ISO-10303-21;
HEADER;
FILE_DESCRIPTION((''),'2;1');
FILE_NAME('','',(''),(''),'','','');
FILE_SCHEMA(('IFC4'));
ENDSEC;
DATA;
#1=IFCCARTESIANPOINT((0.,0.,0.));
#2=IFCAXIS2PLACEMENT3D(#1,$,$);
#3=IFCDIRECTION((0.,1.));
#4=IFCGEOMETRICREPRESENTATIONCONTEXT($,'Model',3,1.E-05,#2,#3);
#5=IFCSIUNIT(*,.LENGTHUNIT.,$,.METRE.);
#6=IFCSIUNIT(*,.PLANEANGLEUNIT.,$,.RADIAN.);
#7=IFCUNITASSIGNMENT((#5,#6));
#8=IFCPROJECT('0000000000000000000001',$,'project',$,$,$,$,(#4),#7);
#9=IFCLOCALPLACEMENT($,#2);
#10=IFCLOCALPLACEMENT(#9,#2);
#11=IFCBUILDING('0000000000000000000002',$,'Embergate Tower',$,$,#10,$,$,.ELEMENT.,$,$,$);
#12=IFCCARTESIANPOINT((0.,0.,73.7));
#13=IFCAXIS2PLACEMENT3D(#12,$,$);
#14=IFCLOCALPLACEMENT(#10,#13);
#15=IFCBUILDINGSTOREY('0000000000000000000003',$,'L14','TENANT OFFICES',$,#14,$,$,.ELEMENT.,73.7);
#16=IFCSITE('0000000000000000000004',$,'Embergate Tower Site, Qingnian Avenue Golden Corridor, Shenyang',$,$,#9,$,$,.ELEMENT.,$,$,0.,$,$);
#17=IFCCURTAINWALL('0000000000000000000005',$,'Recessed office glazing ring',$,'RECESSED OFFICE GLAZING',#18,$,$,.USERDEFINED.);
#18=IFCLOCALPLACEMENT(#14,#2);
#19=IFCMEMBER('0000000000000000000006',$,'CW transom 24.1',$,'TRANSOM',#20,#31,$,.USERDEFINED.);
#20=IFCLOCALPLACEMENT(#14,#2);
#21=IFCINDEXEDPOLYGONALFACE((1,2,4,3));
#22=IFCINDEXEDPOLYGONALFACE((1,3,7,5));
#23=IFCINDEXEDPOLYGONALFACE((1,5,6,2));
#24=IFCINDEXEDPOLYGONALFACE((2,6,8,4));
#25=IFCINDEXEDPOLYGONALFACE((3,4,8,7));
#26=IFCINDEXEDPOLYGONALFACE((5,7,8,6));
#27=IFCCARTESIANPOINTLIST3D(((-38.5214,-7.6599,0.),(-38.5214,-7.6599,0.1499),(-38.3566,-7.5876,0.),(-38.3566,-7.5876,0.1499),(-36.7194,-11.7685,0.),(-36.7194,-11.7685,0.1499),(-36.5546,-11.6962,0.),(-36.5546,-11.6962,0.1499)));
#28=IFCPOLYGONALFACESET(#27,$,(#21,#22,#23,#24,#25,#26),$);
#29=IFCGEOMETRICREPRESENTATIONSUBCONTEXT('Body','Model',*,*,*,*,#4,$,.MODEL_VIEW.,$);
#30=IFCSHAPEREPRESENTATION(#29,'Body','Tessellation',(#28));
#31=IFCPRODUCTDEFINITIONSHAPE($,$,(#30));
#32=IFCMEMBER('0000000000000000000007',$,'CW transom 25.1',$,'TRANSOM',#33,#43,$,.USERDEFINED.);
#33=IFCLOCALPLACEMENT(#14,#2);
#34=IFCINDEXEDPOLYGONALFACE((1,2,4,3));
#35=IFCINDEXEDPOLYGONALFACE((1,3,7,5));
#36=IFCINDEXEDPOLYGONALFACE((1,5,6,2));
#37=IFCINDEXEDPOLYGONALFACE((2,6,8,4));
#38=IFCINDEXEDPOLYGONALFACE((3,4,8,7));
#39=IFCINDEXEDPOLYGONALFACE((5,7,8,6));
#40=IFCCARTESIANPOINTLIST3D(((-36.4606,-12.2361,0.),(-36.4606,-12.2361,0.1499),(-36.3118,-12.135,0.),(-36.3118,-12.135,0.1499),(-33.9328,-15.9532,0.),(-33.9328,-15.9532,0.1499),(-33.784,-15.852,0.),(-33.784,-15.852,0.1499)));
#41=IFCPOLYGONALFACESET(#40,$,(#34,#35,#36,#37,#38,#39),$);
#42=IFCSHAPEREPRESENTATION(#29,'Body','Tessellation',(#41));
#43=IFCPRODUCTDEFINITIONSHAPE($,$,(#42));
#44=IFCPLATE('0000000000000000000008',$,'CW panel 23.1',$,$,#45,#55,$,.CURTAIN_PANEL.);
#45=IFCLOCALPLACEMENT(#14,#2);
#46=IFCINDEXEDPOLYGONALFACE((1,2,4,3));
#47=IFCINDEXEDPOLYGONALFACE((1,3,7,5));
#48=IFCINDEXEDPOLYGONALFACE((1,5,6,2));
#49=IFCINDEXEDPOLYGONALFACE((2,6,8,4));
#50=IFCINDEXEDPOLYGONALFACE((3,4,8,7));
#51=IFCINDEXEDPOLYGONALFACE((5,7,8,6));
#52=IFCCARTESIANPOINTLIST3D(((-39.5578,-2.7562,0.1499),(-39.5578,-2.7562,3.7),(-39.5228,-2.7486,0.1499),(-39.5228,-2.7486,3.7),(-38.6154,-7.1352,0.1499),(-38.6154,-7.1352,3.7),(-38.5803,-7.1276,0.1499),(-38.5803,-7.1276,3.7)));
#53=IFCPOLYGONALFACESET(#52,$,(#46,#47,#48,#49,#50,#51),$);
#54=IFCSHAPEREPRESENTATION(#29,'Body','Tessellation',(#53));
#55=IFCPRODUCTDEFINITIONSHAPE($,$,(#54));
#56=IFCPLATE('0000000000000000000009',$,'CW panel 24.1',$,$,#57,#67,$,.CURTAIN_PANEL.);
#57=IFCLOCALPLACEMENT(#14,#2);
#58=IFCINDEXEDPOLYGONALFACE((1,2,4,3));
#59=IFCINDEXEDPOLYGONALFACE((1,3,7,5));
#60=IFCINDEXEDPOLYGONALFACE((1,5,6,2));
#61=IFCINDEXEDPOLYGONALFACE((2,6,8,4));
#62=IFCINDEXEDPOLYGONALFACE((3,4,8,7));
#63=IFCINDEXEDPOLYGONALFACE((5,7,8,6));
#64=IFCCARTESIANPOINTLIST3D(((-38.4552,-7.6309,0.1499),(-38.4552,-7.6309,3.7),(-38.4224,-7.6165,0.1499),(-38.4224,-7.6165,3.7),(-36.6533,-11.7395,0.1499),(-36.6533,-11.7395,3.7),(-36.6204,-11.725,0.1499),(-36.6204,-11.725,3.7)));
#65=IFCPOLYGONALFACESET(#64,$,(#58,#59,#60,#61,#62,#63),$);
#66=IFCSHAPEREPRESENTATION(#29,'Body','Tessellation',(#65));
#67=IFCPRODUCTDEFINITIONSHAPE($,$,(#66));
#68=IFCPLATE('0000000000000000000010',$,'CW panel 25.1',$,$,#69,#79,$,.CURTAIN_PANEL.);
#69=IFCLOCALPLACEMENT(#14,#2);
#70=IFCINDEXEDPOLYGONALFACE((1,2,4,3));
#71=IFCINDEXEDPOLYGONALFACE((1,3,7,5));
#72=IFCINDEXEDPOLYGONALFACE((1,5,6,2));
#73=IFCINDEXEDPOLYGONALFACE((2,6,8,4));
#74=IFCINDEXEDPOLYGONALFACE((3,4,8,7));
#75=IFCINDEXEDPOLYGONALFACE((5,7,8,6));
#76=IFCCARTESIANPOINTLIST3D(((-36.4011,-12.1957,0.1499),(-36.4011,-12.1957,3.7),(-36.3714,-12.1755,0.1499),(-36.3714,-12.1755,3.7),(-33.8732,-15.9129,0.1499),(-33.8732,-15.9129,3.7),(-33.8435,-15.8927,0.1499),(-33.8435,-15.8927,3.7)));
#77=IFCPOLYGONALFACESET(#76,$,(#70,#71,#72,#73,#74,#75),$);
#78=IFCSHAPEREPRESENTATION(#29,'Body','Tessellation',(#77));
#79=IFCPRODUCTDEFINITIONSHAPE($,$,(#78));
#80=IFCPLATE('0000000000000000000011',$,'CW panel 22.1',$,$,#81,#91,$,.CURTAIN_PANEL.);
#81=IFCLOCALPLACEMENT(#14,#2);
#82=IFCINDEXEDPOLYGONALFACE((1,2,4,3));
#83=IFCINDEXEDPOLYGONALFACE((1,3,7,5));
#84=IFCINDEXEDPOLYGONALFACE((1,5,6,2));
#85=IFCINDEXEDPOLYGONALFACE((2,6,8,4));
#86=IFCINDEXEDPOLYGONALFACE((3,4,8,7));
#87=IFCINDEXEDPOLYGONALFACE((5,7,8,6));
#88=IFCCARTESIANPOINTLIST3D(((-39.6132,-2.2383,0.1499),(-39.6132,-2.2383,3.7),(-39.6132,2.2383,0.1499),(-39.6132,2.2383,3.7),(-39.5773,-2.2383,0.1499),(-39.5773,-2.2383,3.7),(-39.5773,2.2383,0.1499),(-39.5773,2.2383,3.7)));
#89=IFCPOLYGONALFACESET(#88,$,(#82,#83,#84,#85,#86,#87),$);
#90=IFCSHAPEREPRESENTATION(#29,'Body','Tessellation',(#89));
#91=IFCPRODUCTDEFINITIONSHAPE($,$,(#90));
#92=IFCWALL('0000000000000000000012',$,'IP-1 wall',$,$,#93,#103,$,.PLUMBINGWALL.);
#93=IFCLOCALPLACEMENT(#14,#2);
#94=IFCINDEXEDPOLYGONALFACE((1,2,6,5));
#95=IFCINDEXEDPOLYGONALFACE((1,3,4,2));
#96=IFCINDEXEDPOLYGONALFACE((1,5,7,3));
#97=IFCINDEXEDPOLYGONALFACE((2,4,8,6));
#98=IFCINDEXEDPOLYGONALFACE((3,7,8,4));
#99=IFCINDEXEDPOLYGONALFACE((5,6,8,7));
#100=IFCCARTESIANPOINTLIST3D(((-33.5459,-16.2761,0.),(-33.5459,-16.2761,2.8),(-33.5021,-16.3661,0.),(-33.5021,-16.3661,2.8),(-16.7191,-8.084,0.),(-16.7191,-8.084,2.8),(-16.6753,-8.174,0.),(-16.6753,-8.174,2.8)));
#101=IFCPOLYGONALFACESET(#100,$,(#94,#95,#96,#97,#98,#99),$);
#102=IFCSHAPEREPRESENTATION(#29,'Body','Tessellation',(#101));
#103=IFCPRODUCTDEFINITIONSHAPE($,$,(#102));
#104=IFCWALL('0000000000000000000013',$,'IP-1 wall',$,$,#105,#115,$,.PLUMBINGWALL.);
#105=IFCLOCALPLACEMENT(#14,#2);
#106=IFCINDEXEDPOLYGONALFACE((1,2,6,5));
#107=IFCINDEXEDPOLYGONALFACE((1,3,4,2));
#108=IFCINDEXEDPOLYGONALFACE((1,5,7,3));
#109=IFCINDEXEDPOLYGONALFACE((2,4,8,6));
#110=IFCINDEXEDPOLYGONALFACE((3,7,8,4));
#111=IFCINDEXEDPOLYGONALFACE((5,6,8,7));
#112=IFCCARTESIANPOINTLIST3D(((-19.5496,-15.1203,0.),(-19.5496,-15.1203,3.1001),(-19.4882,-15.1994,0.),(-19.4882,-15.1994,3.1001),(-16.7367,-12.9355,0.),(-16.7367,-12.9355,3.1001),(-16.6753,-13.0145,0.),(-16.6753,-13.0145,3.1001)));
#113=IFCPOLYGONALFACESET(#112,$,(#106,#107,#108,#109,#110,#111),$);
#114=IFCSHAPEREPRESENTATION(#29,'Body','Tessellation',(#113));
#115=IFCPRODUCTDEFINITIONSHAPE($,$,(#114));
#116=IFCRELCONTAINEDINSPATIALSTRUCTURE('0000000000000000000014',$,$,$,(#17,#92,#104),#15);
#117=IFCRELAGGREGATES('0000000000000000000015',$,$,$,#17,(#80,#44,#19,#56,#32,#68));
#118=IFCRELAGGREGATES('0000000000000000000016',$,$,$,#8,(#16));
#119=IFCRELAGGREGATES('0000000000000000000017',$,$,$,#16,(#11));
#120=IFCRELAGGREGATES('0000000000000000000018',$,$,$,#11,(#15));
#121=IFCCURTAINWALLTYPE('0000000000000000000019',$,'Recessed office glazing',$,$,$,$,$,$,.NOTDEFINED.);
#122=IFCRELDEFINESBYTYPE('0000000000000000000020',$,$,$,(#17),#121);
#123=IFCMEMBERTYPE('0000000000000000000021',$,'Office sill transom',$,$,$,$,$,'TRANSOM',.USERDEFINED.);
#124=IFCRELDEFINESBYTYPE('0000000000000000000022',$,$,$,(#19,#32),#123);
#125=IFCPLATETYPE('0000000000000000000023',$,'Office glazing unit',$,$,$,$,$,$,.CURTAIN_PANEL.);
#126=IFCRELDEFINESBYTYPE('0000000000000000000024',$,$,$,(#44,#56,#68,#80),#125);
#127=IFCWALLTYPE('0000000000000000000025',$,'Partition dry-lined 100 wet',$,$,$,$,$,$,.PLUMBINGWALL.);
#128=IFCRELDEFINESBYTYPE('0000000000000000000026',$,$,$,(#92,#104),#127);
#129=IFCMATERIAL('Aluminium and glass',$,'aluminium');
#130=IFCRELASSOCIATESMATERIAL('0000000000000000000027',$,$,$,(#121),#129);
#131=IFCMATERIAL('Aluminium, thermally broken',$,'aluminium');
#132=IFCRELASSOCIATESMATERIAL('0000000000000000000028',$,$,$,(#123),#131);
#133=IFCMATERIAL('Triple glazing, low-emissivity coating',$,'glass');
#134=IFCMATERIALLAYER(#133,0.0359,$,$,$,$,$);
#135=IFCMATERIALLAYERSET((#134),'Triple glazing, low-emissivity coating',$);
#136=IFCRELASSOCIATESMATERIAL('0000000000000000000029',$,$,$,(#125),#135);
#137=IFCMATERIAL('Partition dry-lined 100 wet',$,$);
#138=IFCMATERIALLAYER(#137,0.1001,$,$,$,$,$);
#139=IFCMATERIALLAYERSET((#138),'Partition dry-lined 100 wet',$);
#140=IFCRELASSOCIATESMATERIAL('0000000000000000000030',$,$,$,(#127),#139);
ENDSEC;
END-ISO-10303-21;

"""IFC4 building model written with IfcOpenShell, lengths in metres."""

from ifc_helpers import new_model, si_unit, direction, frame, frame_2d, origin, origin_2d, place, context, subcontext, project, spatial, rectangle, extrude, source, transform, mapped, material, layer, layer_set, material_profile, profile_set, type_object, element, aggregate, save


model = new_model("IFC4")

# Units and contexts
model_context = context("Model", 3, precision=1e-05, world=origin(), true_north=direction((0.0, 1.0)))
body_context = subcontext(model_context, "Body", "Model", "MODEL_VIEW")
ifc_project = project(units=[si_unit("LENGTHUNIT", "METRE"), si_unit("PLANEANGLEUNIT", "RADIAN")], contexts=[model_context])

# Site, building, storey
site_placement = place(None, origin())
site = spatial("IfcSite", under=ifc_project, at=site_placement, Name="Embergate Tower Site, Qingnian Avenue Golden Corridor, Shenyang", CompositionType="ELEMENT", RefElevation=0.0)
building_placement = place(site_placement, origin())
building = spatial("IfcBuilding", under=site, at=building_placement, Name="Embergate Tower", CompositionType="ELEMENT")
storey_placement = place(building_placement, frame((0.0, 0.0, 73.7)))
storey = spatial("IfcBuildingStorey", under=building, at=storey_placement, Name="L14", Description="TENANT OFFICES", CompositionType="ELEMENT", Elevation=73.7)

# Curtain wall, members, plates
ifc_material_1 = material(Name="Aluminium and glass", Category="aluminium")
curtain_wall_type = type_object("IfcCurtainWallType", Name="Recessed office glazing", PredefinedType="NOTDEFINED", material=ifc_material_1)
curtain_wall_placement = place(storey_placement, origin())
curtain_wall = element("IfcCurtainWall", 1, at=curtain_wall_placement, inside=storey, type_object=curtain_wall_type, Name="Recessed office glazing ring", ObjectType="RECESSED OFFICE GLAZING", PredefinedType="USERDEFINED")
ifc_material_2 = material(Name="Aluminium, thermally broken", Category="aluminium")
ifc_material_profile_1 = material_profile(ifc_material_2, rectangle(XDim=0.1799, YDim=0.1499, at=origin_2d()), Name="AL 150x180")
ifc_profile_set_1 = profile_set([ifc_material_profile_1], Name="Aluminium, thermally broken")
member_type_1 = type_object("IfcMemberType", Name="Office sill transom", ElementType="TRANSOM", PredefinedType="USERDEFINED", material=ifc_profile_set_1)
shared_shape_1 = source(origin(), body_context, "Body", "SweptSolid", [
    extrude(rectangle(XDim=0.1799, YDim=0.1499, at=origin_2d()), origin(), (0.0, 0.0, 1.0), 4.4863),
])
member_1_placement = place(storey_placement, frame((-38.439, -7.6238, 0.075), z_axis=(0.401655, -0.915791, 0.0), x_axis=(0.915791, 0.401655, 0.0)))
member_1 = element("IfcMember", 2, at=member_1_placement, type_object=member_type_1, Name="CW transom 24.1", ObjectType="TRANSOM", PredefinedType="USERDEFINED", context=body_context, shape_type="MappedRepresentation", body=[
    mapped(shared_shape_1, transform((0.0, 0.0, 0.0))),
])
shared_shape_2 = source(origin(), body_context, "Body", "SweptSolid", [
    extrude(rectangle(XDim=0.1799, YDim=0.1499, at=origin_2d()), origin(), (0.0, 0.0, 1.0), 4.4951),
])
member_2_placement = place(storey_placement, frame((-36.3862, -12.1855, 0.075), z_axis=(0.562347, -0.826901, 0.0), x_axis=(0.826901, 0.562347, 0.0)))
member_2 = element("IfcMember", 3, at=member_2_placement, type_object=member_type_1, Name="CW transom 25.1", ObjectType="TRANSOM", PredefinedType="USERDEFINED", context=body_context, shape_type="MappedRepresentation", body=[
    mapped(shared_shape_2, transform((0.0, 0.0, 0.0))),
])
ifc_material_3 = material(Name="Triple glazing, low-emissivity coating", Category="glass")
ifc_layer_1 = layer(ifc_material_3, 0.0359)
ifc_layer_set_1 = layer_set([ifc_layer_1], Name="Triple glazing, low-emissivity coating")
plate_type = type_object("IfcPlateType", Name="Office glazing unit", PredefinedType="CURTAIN_PANEL", material=ifc_layer_set_1)
shared_shape_3 = source(origin(), body_context, "Body", "SweptSolid", [
    extrude(rectangle(XDim=4.4792, YDim=0.0359, at=origin_2d()), origin(), (0.0, 0.0, 1.0), 3.55),
])
plate_1_placement = place(storey_placement, frame((-39.0691, -4.9419, 0.1499), z_axis=(0.0, 0.0, 1.0), x_axis=(0.210395, -0.977616, 0.0)))
plate_1 = element("IfcPlate", 4, at=plate_1_placement, type_object=plate_type, Name="CW panel 23.1", PredefinedType="CURTAIN_PANEL", context=body_context, shape_type="MappedRepresentation", body=[
    mapped(shared_shape_3, transform((0.0, 0.0, 0.0))),
])
shared_shape_4 = source(origin(), body_context, "Body", "SweptSolid", [
    extrude(rectangle(XDim=4.4863, YDim=0.0359, at=origin_2d()), origin(), (0.0, 0.0, 1.0), 3.55),
])
plate_2_placement = place(storey_placement, frame((-37.5378, -9.678, 0.1499), z_axis=(0.0, 0.0, 1.0), x_axis=(0.401647, -0.915794, 0.0)))
plate_2 = element("IfcPlate", 5, at=plate_2_placement, type_object=plate_type, Name="CW panel 24.1", PredefinedType="CURTAIN_PANEL", context=body_context, shape_type="MappedRepresentation", body=[
    mapped(shared_shape_4, transform((0.0, 0.0, 0.0))),
])
shared_shape_5 = source(origin(), body_context, "Body", "SweptSolid", [
    extrude(rectangle(XDim=4.4954, YDim=0.0359, at=origin_2d()), origin(), (0.0, 0.0, 1.0), 3.55),
])
plate_3_placement = place(storey_placement, frame((-35.1223, -14.0442, 0.1499), z_axis=(0.0, 0.0, 1.0), x_axis=(0.562337, -0.826908, 0.0)))
plate_3 = element("IfcPlate", 6, at=plate_3_placement, type_object=plate_type, Name="CW panel 25.1", PredefinedType="CURTAIN_PANEL", context=body_context, shape_type="MappedRepresentation", body=[
    mapped(shared_shape_5, transform((0.0, 0.0, 0.0))),
])
shared_shape_6 = source(origin(), body_context, "Body", "SweptSolid", [
    extrude(rectangle(XDim=4.4766, YDim=0.0359, at=origin_2d()), origin(), (0.0, 0.0, 1.0), 3.55),
])
plate_4_placement = place(storey_placement, frame((-39.5952, 0.0, 0.1499), z_axis=(0.0, 0.0, 1.0), x_axis=(0.0, -1.0, 0.0)))
plate_4 = element("IfcPlate", 7, at=plate_4_placement, type_object=plate_type, Name="CW panel 22.1", PredefinedType="CURTAIN_PANEL", context=body_context, shape_type="MappedRepresentation", body=[
    mapped(shared_shape_6, transform((0.0, 0.0, 0.0))),
])
aggregate(curtain_wall, [plate_4, plate_1, member_1, plate_2, member_2, plate_3])

# Walls
ifc_material_4 = material(Name="Partition dry-lined 100 wet")
ifc_layer_2 = layer(ifc_material_4, 0.1001)
ifc_layer_set_2 = layer_set([ifc_layer_2], Name="Partition dry-lined 100 wet")
wall_type = type_object("IfcWallType", Name="Partition dry-lined 100 wet", PredefinedType="PLUMBINGWALL", material=ifc_layer_set_2)
shared_shape_7 = source(origin(), body_context, "Body", "SweptSolid", [
    extrude(rectangle(XDim=18.7151, YDim=0.1001, at=frame_2d((9.3574, 0.0))), origin(), (0.0, 0.0, 1.0), 2.8),
])
wall_1_placement = place(storey_placement, frame((-33.5239, -16.321, 0.0), z_axis=(0.0, 0.0, 1.0), x_axis=(0.899107, 0.437728, 0.0)))
element("IfcWall", 8, at=wall_1_placement, inside=storey, type_object=wall_type, Name="IP-1 wall", PredefinedType="PLUMBINGWALL", context=body_context, shape_type="MappedRepresentation", body=[
    mapped(shared_shape_7, transform((0.0, 0.0, 0.0))),
])
shared_shape_8 = source(origin(), body_context, "Body", "SweptSolid", [
    extrude(rectangle(XDim=3.5618, YDim=0.1001, at=frame_2d((1.7808, 0.0))), origin(), (0.0, 0.0, 1.0), 3.1001),
])
wall_2_placement = place(storey_placement, frame((-16.7061, -12.9751, 0.0), z_axis=(0.0, 0.0, 1.0), x_axis=(-0.789769, -0.613404, 0.0)))
element("IfcWall", 9, at=wall_2_placement, inside=storey, type_object=wall_type, Name="IP-1 wall", PredefinedType="PLUMBINGWALL", context=body_context, shape_type="MappedRepresentation", body=[
    mapped(shared_shape_8, transform((0.0, 0.0, 0.0))),
])

save(model, "model.ifc")
